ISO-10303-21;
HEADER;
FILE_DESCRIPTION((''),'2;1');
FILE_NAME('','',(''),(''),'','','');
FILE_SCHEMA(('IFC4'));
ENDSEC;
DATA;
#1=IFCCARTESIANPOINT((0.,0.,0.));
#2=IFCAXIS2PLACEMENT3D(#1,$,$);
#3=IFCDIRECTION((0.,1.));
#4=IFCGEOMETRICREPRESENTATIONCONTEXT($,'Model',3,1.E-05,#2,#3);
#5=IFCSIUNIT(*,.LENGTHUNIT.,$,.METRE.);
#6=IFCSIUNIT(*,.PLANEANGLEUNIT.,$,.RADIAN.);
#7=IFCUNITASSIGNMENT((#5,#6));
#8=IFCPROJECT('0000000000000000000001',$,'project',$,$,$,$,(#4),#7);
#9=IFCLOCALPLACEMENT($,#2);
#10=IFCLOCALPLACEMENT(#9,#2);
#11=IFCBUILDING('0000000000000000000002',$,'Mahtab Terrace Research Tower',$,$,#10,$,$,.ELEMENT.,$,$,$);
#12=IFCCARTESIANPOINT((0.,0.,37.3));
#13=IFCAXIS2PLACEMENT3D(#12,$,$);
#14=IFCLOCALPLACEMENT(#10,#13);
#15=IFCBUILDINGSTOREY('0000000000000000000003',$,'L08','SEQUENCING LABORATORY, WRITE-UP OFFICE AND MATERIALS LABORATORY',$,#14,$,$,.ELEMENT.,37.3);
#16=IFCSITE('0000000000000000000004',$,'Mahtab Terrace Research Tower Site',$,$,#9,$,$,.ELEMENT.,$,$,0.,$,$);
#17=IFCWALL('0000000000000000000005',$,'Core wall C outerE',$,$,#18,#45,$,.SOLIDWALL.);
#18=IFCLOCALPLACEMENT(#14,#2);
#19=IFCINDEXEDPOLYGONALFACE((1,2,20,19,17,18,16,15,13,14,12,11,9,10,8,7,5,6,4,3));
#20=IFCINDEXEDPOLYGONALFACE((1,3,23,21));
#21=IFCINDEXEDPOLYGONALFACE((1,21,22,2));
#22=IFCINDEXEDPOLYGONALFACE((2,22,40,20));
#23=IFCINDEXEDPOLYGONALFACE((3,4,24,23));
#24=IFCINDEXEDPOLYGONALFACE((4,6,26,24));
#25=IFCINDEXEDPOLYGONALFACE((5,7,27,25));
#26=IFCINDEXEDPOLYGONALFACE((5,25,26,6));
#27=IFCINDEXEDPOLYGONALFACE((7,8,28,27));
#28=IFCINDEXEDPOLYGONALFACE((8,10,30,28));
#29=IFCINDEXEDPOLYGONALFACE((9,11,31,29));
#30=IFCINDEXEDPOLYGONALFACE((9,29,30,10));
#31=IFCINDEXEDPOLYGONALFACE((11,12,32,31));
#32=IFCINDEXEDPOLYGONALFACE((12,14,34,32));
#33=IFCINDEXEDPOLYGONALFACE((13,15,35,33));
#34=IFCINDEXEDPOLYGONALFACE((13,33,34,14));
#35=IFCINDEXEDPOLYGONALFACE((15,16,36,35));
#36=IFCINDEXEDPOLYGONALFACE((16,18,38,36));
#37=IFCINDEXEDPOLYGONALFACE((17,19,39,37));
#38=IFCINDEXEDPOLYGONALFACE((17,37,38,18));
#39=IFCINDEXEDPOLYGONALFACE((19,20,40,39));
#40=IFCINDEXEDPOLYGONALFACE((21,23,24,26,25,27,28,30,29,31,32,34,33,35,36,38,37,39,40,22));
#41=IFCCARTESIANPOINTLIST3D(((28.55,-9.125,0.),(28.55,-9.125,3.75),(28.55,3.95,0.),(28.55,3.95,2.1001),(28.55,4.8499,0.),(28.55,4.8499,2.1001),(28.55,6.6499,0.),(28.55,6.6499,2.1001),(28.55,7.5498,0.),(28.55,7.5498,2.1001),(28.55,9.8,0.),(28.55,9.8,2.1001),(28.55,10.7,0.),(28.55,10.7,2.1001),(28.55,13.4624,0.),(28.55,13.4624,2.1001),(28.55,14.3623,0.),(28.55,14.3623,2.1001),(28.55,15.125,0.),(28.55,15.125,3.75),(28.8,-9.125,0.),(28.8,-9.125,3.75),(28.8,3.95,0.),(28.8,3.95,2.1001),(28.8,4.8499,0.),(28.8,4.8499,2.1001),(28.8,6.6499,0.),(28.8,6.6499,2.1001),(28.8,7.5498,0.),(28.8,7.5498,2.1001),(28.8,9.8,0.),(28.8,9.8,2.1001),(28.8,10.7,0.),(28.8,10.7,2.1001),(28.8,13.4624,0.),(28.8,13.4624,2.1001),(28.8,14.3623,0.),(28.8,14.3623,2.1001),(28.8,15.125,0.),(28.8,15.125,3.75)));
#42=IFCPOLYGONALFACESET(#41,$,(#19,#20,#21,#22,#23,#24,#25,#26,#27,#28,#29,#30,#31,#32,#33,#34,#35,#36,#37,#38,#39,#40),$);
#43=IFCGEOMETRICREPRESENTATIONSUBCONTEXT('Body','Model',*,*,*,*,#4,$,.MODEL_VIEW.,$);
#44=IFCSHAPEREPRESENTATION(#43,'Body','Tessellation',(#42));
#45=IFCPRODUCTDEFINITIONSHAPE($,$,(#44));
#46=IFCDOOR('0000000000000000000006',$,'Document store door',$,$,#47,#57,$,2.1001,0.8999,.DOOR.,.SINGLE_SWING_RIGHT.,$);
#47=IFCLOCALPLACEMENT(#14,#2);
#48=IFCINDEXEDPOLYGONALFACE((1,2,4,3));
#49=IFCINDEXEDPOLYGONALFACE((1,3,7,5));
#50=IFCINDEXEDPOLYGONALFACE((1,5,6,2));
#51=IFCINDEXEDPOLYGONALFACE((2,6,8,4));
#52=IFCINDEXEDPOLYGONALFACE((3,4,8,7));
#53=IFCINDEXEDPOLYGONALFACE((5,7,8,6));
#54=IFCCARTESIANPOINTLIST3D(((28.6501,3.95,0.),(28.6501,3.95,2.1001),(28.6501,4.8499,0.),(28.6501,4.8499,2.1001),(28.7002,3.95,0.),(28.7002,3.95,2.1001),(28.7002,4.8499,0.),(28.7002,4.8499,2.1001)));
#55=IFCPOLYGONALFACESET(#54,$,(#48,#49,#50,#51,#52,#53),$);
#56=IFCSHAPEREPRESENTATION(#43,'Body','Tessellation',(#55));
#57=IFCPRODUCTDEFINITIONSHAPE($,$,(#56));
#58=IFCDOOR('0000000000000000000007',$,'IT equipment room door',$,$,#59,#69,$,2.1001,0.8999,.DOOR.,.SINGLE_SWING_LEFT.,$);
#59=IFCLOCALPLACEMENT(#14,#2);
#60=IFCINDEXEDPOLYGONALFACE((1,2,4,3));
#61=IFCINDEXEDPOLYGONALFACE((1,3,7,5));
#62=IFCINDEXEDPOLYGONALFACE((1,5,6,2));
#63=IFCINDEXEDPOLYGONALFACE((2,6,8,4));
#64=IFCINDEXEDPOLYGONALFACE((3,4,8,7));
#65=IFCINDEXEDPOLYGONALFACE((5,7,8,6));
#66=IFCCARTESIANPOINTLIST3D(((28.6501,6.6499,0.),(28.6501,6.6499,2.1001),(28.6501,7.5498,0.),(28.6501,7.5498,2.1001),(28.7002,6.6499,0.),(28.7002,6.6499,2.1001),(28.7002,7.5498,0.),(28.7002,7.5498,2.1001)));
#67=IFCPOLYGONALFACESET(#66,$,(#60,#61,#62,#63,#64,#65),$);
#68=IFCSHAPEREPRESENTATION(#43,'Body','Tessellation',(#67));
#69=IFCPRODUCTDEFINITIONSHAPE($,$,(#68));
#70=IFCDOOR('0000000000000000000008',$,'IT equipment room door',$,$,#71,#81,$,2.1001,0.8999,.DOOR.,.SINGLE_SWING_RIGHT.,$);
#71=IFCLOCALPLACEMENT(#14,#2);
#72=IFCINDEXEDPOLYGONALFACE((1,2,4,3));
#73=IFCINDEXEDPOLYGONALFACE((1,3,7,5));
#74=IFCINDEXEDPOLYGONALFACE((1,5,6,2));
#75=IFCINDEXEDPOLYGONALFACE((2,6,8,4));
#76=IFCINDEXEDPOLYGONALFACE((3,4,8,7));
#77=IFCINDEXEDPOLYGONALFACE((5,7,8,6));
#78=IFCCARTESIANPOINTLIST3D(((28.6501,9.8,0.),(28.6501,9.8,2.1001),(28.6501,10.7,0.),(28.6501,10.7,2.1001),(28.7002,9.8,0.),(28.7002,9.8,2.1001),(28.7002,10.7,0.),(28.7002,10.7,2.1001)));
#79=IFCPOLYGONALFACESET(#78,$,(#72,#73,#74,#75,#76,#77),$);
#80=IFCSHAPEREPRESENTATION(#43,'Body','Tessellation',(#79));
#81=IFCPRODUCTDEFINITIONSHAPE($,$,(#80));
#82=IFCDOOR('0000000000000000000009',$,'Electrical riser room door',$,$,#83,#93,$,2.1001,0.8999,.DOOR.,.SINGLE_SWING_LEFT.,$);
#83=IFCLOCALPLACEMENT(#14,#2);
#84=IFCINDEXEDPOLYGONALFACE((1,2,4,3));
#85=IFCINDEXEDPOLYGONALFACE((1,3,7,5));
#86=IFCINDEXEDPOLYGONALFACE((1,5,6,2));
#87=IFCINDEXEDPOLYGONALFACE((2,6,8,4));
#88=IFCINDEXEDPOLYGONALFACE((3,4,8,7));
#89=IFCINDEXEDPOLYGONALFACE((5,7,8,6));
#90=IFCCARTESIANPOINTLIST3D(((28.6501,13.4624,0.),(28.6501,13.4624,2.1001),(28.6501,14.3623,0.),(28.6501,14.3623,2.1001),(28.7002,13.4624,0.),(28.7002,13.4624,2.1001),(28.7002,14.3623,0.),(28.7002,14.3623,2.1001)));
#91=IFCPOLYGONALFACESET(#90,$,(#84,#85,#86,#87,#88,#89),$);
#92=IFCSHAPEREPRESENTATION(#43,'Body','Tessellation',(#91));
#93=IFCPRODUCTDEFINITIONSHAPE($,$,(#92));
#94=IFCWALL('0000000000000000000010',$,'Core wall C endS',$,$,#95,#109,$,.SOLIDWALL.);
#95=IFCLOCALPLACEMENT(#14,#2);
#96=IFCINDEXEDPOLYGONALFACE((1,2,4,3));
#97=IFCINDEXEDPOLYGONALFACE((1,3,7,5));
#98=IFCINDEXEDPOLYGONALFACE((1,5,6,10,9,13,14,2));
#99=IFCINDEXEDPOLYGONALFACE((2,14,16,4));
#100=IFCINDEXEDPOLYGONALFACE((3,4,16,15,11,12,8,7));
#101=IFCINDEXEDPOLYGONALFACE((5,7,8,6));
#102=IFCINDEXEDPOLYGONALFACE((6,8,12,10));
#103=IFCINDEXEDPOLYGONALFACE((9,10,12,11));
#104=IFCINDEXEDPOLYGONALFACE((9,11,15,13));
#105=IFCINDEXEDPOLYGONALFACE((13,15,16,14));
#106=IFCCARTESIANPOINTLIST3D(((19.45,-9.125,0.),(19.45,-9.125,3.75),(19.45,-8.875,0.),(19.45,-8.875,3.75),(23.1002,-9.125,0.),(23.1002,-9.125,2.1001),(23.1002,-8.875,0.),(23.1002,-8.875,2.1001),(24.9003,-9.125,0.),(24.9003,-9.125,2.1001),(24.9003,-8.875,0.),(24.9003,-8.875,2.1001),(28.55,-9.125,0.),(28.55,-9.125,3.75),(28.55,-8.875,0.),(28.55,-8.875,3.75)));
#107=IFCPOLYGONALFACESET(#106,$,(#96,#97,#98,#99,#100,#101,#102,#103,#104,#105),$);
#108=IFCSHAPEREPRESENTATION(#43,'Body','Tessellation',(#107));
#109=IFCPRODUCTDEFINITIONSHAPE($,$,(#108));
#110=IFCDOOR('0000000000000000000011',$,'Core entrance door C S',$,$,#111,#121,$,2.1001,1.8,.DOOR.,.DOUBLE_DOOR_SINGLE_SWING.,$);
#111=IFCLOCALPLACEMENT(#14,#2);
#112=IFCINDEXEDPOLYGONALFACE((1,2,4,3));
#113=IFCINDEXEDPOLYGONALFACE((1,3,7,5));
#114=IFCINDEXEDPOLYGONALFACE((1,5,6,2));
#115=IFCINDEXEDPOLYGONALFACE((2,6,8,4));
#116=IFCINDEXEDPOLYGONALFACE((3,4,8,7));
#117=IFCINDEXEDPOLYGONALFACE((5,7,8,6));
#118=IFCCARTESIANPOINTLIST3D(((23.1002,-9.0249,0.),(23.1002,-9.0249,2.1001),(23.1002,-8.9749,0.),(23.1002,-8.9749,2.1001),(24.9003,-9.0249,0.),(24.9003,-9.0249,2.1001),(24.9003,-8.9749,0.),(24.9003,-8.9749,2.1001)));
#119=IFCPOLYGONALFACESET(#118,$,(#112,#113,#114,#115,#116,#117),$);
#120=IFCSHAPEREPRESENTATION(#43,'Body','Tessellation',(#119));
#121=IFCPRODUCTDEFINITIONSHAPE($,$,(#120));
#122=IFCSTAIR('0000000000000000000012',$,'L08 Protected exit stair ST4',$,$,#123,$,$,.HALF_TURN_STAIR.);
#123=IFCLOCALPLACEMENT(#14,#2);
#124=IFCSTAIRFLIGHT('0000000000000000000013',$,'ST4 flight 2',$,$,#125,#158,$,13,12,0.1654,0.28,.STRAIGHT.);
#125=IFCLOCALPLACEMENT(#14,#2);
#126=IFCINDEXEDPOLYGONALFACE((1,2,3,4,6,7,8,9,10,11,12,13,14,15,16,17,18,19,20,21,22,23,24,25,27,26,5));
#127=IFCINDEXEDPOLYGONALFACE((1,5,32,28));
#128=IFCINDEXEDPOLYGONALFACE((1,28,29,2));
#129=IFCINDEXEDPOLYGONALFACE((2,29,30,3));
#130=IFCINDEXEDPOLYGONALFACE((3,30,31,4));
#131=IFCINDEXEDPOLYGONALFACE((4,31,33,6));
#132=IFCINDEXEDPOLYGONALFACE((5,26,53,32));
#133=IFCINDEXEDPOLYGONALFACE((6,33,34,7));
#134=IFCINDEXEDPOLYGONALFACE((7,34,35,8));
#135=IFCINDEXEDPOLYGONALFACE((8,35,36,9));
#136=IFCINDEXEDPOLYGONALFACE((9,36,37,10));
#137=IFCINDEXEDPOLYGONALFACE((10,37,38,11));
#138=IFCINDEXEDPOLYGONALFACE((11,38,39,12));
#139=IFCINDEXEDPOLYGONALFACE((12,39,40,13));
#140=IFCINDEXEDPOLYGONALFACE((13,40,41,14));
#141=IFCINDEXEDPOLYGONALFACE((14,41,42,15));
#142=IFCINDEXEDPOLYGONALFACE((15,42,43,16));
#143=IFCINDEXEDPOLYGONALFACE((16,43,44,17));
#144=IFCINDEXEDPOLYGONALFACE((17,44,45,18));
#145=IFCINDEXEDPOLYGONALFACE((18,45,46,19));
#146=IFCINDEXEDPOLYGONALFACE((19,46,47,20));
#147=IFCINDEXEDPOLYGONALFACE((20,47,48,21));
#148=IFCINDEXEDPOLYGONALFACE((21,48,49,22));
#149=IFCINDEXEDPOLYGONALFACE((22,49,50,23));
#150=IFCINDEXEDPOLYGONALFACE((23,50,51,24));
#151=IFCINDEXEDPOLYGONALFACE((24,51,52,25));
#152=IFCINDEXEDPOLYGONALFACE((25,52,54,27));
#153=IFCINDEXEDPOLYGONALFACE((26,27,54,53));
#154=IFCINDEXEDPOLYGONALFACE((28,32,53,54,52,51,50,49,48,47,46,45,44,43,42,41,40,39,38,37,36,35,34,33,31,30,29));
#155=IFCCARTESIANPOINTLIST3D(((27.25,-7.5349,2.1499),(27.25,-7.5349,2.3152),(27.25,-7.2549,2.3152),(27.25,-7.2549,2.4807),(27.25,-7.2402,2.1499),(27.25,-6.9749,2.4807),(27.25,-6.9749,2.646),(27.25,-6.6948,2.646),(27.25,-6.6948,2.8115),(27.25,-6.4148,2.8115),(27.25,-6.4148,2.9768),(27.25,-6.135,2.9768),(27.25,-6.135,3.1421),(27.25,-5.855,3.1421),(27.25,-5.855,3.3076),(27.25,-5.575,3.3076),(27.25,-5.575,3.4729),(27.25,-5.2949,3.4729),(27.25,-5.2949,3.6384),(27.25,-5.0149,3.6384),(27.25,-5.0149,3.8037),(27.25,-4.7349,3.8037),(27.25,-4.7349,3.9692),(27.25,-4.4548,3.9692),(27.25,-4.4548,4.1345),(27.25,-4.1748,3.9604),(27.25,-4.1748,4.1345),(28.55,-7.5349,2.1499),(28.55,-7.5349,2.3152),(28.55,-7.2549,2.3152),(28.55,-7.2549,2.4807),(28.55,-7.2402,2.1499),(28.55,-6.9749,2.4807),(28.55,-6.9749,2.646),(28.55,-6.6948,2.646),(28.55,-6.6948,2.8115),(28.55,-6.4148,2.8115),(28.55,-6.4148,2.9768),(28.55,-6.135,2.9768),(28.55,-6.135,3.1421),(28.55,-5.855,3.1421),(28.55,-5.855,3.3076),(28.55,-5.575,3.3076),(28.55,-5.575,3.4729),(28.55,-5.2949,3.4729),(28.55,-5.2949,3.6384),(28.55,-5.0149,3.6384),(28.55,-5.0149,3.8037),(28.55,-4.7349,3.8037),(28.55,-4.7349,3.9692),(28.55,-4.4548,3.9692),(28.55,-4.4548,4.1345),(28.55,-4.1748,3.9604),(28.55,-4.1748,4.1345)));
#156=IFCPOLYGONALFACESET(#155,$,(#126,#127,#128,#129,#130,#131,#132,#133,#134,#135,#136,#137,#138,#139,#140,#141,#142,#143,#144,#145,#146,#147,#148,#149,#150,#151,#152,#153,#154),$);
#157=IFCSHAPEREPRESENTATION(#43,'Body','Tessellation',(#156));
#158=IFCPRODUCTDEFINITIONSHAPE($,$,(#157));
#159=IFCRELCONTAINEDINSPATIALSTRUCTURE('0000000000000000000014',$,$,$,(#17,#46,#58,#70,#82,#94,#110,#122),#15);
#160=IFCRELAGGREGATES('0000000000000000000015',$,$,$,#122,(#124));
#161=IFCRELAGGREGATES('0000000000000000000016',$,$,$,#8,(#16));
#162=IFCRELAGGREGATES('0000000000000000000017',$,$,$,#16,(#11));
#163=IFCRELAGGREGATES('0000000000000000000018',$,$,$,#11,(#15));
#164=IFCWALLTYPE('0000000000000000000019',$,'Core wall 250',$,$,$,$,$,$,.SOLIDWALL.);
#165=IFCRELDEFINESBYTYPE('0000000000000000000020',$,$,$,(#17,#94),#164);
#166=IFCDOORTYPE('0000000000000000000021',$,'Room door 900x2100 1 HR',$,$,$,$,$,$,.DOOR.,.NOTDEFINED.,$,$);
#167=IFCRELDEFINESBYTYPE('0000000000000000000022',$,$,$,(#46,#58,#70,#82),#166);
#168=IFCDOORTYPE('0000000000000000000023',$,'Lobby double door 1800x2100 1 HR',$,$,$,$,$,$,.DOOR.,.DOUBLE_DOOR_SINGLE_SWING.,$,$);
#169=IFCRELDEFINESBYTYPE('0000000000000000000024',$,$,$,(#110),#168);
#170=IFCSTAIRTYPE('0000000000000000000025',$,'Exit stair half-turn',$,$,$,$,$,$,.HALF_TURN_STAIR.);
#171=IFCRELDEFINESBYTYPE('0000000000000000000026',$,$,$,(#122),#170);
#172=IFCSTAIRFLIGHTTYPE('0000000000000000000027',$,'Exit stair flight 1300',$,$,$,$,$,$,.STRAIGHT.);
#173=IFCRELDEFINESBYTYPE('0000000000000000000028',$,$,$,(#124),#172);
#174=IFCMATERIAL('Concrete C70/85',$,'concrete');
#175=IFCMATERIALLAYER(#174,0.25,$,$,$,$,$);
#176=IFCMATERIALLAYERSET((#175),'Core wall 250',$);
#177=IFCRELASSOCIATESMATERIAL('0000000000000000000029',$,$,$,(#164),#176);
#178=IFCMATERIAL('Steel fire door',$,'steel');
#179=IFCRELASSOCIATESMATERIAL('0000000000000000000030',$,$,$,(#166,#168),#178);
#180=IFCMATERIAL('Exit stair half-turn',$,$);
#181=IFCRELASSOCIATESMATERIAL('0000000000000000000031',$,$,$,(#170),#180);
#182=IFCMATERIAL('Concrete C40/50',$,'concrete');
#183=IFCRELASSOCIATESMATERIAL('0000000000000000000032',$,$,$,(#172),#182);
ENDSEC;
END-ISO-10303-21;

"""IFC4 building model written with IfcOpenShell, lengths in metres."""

from ifc_helpers import new_model, si_unit, direction, frame, frame_2d, origin, place, context, subcontext, project, spatial, polyline, rectangle, outline, extrude, material, layer, layer_set, type_object, element, fill, aggregate, save


model = new_model("IFC4")

# Units and contexts
model_context = context("Model", 3, precision=1e-05, world=origin(), true_north=direction((0.0, 1.0)))
body_context = subcontext(model_context, "Body", "Model", "MODEL_VIEW")
ifc_project = project(units=[si_unit("LENGTHUNIT", "METRE"), si_unit("PLANEANGLEUNIT", "RADIAN")], contexts=[model_context])

# Site, building, storey
site_placement = place(None, origin())
site = spatial("IfcSite", under=ifc_project, at=site_placement, Name="Mahtab Terrace Research Tower Site", CompositionType="ELEMENT", RefElevation=0.0)
building_placement = place(site_placement, origin())
building = spatial("IfcBuilding", under=site, at=building_placement, Name="Mahtab Terrace Research Tower", CompositionType="ELEMENT")
storey_placement = place(building_placement, frame((0.0, 0.0, 37.3)))
storey = spatial("IfcBuildingStorey", under=building, at=storey_placement, Name="L08", Description="SEQUENCING LABORATORY, WRITE-UP OFFICE AND MATERIALS LABORATORY", CompositionType="ELEMENT", Elevation=37.3)

# Wall, openings, doors
ifc_material_1 = material(Name="Concrete C70/85", Category="concrete")
ifc_layer = layer(ifc_material_1, 0.25)
ifc_layer_set = layer_set([ifc_layer], Name="Core wall 250")
wall_type = type_object("IfcWallType", Name="Core wall 250", PredefinedType="SOLIDWALL", material=ifc_layer_set)
wall_1_placement = place(storey_placement, frame((28.675, -9.125, 0.0), z_axis=(0.0, 0.0, 1.0), x_axis=(0.0, 1.0, 0.0)))
wall_1 = element("IfcWall", 1, at=wall_1_placement, inside=storey, type_object=wall_type, Name="Core wall C outerE", PredefinedType="SOLIDWALL", context=body_context, shape_type="SweptSolid", body=[
    extrude(rectangle(XDim=24.25, YDim=0.25, at=frame_2d((12.125, 0.0))), origin(), (0.0, 0.0, 1.0), 3.75),
])
opening_1_placement = place(wall_1_placement, frame((13.075, 0.0, 0.0)))
opening_1 = element("IfcOpeningElement", 2, at=opening_1_placement, cuts=wall_1, PredefinedType="OPENING", context=body_context, shape_type="SweptSolid", body=[
    extrude(rectangle(XDim=0.8999, YDim=2.1001, at=frame_2d((0.45, 1.05))), frame((0.0, 0.135, 0.0), z_axis=(0.0, -1.0, 0.0), x_axis=(1.0, 0.0, 0.0)), (0.0, 0.0, 1.0), 0.27),
])
opening_2_placement = place(wall_1_placement, frame((15.7749, 0.0, 0.0)))
opening_2 = element("IfcOpeningElement", 3, at=opening_2_placement, cuts=wall_1, PredefinedType="OPENING", context=body_context, shape_type="SweptSolid", body=[
    extrude(rectangle(XDim=0.8999, YDim=2.1001, at=frame_2d((0.45, 1.05))), frame((0.0, 0.135, 0.0), z_axis=(0.0, -1.0, 0.0), x_axis=(1.0, 0.0, 0.0)), (0.0, 0.0, 1.0), 0.27),
])
opening_3_placement = place(wall_1_placement, frame((18.925, 0.0, 0.0)))
opening_3 = element("IfcOpeningElement", 4, at=opening_3_placement, cuts=wall_1, PredefinedType="OPENING", context=body_context, shape_type="SweptSolid", body=[
    extrude(rectangle(XDim=0.8999, YDim=2.1001, at=frame_2d((0.45, 1.05))), frame((0.0, 0.135, 0.0), z_axis=(0.0, -1.0, 0.0), x_axis=(1.0, 0.0, 0.0)), (0.0, 0.0, 1.0), 0.27),
])
opening_4_placement = place(wall_1_placement, frame((22.5874, 0.0, 0.0)))
opening_4 = element("IfcOpeningElement", 5, at=opening_4_placement, cuts=wall_1, PredefinedType="OPENING", context=body_context, shape_type="SweptSolid", body=[
    extrude(rectangle(XDim=0.8999, YDim=2.1001, at=frame_2d((0.45, 1.05))), frame((0.0, 0.135, 0.0), z_axis=(0.0, -1.0, 0.0), x_axis=(1.0, 0.0, 0.0)), (0.0, 0.0, 1.0), 0.27),
])
ifc_material_2 = material(Name="Steel fire door", Category="steel")
door_type_1 = type_object("IfcDoorType", Name="Room door 900x2100 1 HR", OperationType="NOTDEFINED", PredefinedType="DOOR", material=ifc_material_2)
door_1_placement = place(opening_1_placement, origin())
door_1 = element("IfcDoor", 6, at=door_1_placement, inside=storey, type_object=door_type_1, Name="Document store door", OperationType="SINGLE_SWING_RIGHT", OverallHeight=2.1001, OverallWidth=0.8999, PredefinedType="DOOR", context=body_context, shape_type="SweptSolid", body=[
    extrude(rectangle(XDim=0.8999, YDim=2.1001, at=frame_2d((0.45, 1.05))), frame((0.0, 0.0249, 0.0), z_axis=(0.0, -1.0, 0.0), x_axis=(1.0, 0.0, 0.0)), (0.0, 0.0, 1.0), 0.05),
])
fill(opening_1, door_1)
door_2_placement = place(opening_2_placement, origin())
door_2 = element("IfcDoor", 7, at=door_2_placement, inside=storey, type_object=door_type_1, Name="IT equipment room door", OperationType="SINGLE_SWING_LEFT", OverallHeight=2.1001, OverallWidth=0.8999, PredefinedType="DOOR", context=body_context, shape_type="SweptSolid", body=[
    extrude(rectangle(XDim=0.8999, YDim=2.1001, at=frame_2d((0.45, 1.05))), frame((0.0, 0.0249, 0.0), z_axis=(0.0, -1.0, 0.0), x_axis=(1.0, 0.0, 0.0)), (0.0, 0.0, 1.0), 0.05),
])
fill(opening_2, door_2)
door_3_placement = place(opening_3_placement, origin())
door_3 = element("IfcDoor", 8, at=door_3_placement, inside=storey, type_object=door_type_1, Name="IT equipment room door", OperationType="SINGLE_SWING_RIGHT", OverallHeight=2.1001, OverallWidth=0.8999, PredefinedType="DOOR", context=body_context, shape_type="SweptSolid", body=[
    extrude(rectangle(XDim=0.8999, YDim=2.1001, at=frame_2d((0.45, 1.05))), frame((0.0, 0.0249, 0.0), z_axis=(0.0, -1.0, 0.0), x_axis=(1.0, 0.0, 0.0)), (0.0, 0.0, 1.0), 0.05),
])
fill(opening_3, door_3)
door_4_placement = place(opening_4_placement, origin())
door_4 = element("IfcDoor", 9, at=door_4_placement, inside=storey, type_object=door_type_1, Name="Electrical riser room door", OperationType="SINGLE_SWING_LEFT", OverallHeight=2.1001, OverallWidth=0.8999, PredefinedType="DOOR", context=body_context, shape_type="SweptSolid", body=[
    extrude(rectangle(XDim=0.8999, YDim=2.1001, at=frame_2d((0.45, 1.05))), frame((0.0, 0.0249, 0.0), z_axis=(0.0, -1.0, 0.0), x_axis=(1.0, 0.0, 0.0)), (0.0, 0.0, 1.0), 0.05),
])
fill(opening_4, door_4)

# Wall, opening, door
wall_2_placement = place(storey_placement, frame((28.55, -9.0, 0.0), z_axis=(0.0, 0.0, 1.0), x_axis=(-1.0, 0.0, 0.0)))
wall_2 = element("IfcWall", 10, at=wall_2_placement, inside=storey, type_object=wall_type, Name="Core wall C endS", PredefinedType="SOLIDWALL", context=body_context, shape_type="SweptSolid", body=[
    extrude(rectangle(XDim=9.1001, YDim=0.25, at=frame_2d((4.55, 0.0))), origin(), (0.0, 0.0, 1.0), 3.75),
])
opening_5_placement = place(wall_2_placement, frame((3.6499, 0.0, 0.0)))
opening_5 = element("IfcOpeningElement", 11, at=opening_5_placement, cuts=wall_2, PredefinedType="OPENING", context=body_context, shape_type="SweptSolid", body=[
    extrude(rectangle(XDim=1.8, YDim=2.1001, at=frame_2d((0.8999, 1.05))), frame((0.0, 0.135, 0.0), z_axis=(0.0, -1.0, 0.0), x_axis=(1.0, 0.0, 0.0)), (0.0, 0.0, 1.0), 0.27),
])
door_type_2 = type_object("IfcDoorType", Name="Lobby double door 1800x2100 1 HR", OperationType="DOUBLE_DOOR_SINGLE_SWING", PredefinedType="DOOR", material=ifc_material_2)
door_5_placement = place(opening_5_placement, origin())
door_5 = element("IfcDoor", 12, at=door_5_placement, inside=storey, type_object=door_type_2, Name="Core entrance door C S", OperationType="DOUBLE_DOOR_SINGLE_SWING", OverallHeight=2.1001, OverallWidth=1.8, PredefinedType="DOOR", context=body_context, shape_type="SweptSolid", body=[
    extrude(rectangle(XDim=1.8, YDim=2.1001, at=frame_2d((0.8999, 1.05))), frame((0.0, 0.0249, 0.0), z_axis=(0.0, -1.0, 0.0), x_axis=(1.0, 0.0, 0.0)), (0.0, 0.0, 1.0), 0.05),
])
fill(opening_5, door_5)

# Stair, stair flight
ifc_material_3 = material(Name="Exit stair half-turn")
stair_type = type_object("IfcStairType", Name="Exit stair half-turn", PredefinedType="HALF_TURN_STAIR", material=ifc_material_3)
stair_placement = place(storey_placement, origin())
stair = element("IfcStair", 13, at=stair_placement, inside=storey, type_object=stair_type, Name="L08 Protected exit stair ST4", PredefinedType="HALF_TURN_STAIR")
ifc_material_4 = material(Name="Concrete C40/50", Category="concrete")
stair_flight_type = type_object("IfcStairFlightType", Name="Exit stair flight 1300", PredefinedType="STRAIGHT", material=ifc_material_4)
stair_flight_placement = place(storey_placement, frame((27.8999, -7.5349, 2.1499), z_axis=(0.0, 0.0, 1.0), x_axis=(0.0, 1.0, 0.0)))
stair_flight = element("IfcStairFlight", 14, at=stair_flight_placement, type_object=stair_flight_type, Name="ST4 flight 2", NumberOfRisers=13, NumberOfTreads=12, PredefinedType="STRAIGHT", RiserHeight=0.1654, TreadLength=0.28, context=body_context, shape_type="SweptSolid", body=[
    extrude(outline(polyline([(0.0, 0.0), (0.0, 0.1653), (0.28, 0.1653), (0.28, 0.3308), (0.5601, 0.3308), (0.5601, 0.4961), (0.8401, 0.4961), (0.8401, 0.6616), (1.1201, 0.6616), (1.1201, 0.8269), (1.3999, 0.8269), (1.3999, 0.9922), (1.6799, 0.9922), (1.6799, 1.1577), (1.96, 1.1577), (1.96, 1.323), (2.24, 1.323), (2.24, 1.4885), (2.52, 1.4885), (2.52, 1.6538), (2.8, 1.6538), (2.8, 1.8193), (3.0801, 1.8193), (3.0801, 1.9846), (3.3601, 1.9846), (3.3601, 2.1499), (3.3601, 1.8105), (0.2947, 0.0), (0.0, 0.0)])), frame((0.0, 0.6499, 0.0), z_axis=(0.0, -1.0, 0.0), x_axis=(1.0, 0.0, 0.0)), (0.0, 0.0, 1.0), 1.3),
])
aggregate(stair, [stair_flight])

save(model, "model.ifc")
